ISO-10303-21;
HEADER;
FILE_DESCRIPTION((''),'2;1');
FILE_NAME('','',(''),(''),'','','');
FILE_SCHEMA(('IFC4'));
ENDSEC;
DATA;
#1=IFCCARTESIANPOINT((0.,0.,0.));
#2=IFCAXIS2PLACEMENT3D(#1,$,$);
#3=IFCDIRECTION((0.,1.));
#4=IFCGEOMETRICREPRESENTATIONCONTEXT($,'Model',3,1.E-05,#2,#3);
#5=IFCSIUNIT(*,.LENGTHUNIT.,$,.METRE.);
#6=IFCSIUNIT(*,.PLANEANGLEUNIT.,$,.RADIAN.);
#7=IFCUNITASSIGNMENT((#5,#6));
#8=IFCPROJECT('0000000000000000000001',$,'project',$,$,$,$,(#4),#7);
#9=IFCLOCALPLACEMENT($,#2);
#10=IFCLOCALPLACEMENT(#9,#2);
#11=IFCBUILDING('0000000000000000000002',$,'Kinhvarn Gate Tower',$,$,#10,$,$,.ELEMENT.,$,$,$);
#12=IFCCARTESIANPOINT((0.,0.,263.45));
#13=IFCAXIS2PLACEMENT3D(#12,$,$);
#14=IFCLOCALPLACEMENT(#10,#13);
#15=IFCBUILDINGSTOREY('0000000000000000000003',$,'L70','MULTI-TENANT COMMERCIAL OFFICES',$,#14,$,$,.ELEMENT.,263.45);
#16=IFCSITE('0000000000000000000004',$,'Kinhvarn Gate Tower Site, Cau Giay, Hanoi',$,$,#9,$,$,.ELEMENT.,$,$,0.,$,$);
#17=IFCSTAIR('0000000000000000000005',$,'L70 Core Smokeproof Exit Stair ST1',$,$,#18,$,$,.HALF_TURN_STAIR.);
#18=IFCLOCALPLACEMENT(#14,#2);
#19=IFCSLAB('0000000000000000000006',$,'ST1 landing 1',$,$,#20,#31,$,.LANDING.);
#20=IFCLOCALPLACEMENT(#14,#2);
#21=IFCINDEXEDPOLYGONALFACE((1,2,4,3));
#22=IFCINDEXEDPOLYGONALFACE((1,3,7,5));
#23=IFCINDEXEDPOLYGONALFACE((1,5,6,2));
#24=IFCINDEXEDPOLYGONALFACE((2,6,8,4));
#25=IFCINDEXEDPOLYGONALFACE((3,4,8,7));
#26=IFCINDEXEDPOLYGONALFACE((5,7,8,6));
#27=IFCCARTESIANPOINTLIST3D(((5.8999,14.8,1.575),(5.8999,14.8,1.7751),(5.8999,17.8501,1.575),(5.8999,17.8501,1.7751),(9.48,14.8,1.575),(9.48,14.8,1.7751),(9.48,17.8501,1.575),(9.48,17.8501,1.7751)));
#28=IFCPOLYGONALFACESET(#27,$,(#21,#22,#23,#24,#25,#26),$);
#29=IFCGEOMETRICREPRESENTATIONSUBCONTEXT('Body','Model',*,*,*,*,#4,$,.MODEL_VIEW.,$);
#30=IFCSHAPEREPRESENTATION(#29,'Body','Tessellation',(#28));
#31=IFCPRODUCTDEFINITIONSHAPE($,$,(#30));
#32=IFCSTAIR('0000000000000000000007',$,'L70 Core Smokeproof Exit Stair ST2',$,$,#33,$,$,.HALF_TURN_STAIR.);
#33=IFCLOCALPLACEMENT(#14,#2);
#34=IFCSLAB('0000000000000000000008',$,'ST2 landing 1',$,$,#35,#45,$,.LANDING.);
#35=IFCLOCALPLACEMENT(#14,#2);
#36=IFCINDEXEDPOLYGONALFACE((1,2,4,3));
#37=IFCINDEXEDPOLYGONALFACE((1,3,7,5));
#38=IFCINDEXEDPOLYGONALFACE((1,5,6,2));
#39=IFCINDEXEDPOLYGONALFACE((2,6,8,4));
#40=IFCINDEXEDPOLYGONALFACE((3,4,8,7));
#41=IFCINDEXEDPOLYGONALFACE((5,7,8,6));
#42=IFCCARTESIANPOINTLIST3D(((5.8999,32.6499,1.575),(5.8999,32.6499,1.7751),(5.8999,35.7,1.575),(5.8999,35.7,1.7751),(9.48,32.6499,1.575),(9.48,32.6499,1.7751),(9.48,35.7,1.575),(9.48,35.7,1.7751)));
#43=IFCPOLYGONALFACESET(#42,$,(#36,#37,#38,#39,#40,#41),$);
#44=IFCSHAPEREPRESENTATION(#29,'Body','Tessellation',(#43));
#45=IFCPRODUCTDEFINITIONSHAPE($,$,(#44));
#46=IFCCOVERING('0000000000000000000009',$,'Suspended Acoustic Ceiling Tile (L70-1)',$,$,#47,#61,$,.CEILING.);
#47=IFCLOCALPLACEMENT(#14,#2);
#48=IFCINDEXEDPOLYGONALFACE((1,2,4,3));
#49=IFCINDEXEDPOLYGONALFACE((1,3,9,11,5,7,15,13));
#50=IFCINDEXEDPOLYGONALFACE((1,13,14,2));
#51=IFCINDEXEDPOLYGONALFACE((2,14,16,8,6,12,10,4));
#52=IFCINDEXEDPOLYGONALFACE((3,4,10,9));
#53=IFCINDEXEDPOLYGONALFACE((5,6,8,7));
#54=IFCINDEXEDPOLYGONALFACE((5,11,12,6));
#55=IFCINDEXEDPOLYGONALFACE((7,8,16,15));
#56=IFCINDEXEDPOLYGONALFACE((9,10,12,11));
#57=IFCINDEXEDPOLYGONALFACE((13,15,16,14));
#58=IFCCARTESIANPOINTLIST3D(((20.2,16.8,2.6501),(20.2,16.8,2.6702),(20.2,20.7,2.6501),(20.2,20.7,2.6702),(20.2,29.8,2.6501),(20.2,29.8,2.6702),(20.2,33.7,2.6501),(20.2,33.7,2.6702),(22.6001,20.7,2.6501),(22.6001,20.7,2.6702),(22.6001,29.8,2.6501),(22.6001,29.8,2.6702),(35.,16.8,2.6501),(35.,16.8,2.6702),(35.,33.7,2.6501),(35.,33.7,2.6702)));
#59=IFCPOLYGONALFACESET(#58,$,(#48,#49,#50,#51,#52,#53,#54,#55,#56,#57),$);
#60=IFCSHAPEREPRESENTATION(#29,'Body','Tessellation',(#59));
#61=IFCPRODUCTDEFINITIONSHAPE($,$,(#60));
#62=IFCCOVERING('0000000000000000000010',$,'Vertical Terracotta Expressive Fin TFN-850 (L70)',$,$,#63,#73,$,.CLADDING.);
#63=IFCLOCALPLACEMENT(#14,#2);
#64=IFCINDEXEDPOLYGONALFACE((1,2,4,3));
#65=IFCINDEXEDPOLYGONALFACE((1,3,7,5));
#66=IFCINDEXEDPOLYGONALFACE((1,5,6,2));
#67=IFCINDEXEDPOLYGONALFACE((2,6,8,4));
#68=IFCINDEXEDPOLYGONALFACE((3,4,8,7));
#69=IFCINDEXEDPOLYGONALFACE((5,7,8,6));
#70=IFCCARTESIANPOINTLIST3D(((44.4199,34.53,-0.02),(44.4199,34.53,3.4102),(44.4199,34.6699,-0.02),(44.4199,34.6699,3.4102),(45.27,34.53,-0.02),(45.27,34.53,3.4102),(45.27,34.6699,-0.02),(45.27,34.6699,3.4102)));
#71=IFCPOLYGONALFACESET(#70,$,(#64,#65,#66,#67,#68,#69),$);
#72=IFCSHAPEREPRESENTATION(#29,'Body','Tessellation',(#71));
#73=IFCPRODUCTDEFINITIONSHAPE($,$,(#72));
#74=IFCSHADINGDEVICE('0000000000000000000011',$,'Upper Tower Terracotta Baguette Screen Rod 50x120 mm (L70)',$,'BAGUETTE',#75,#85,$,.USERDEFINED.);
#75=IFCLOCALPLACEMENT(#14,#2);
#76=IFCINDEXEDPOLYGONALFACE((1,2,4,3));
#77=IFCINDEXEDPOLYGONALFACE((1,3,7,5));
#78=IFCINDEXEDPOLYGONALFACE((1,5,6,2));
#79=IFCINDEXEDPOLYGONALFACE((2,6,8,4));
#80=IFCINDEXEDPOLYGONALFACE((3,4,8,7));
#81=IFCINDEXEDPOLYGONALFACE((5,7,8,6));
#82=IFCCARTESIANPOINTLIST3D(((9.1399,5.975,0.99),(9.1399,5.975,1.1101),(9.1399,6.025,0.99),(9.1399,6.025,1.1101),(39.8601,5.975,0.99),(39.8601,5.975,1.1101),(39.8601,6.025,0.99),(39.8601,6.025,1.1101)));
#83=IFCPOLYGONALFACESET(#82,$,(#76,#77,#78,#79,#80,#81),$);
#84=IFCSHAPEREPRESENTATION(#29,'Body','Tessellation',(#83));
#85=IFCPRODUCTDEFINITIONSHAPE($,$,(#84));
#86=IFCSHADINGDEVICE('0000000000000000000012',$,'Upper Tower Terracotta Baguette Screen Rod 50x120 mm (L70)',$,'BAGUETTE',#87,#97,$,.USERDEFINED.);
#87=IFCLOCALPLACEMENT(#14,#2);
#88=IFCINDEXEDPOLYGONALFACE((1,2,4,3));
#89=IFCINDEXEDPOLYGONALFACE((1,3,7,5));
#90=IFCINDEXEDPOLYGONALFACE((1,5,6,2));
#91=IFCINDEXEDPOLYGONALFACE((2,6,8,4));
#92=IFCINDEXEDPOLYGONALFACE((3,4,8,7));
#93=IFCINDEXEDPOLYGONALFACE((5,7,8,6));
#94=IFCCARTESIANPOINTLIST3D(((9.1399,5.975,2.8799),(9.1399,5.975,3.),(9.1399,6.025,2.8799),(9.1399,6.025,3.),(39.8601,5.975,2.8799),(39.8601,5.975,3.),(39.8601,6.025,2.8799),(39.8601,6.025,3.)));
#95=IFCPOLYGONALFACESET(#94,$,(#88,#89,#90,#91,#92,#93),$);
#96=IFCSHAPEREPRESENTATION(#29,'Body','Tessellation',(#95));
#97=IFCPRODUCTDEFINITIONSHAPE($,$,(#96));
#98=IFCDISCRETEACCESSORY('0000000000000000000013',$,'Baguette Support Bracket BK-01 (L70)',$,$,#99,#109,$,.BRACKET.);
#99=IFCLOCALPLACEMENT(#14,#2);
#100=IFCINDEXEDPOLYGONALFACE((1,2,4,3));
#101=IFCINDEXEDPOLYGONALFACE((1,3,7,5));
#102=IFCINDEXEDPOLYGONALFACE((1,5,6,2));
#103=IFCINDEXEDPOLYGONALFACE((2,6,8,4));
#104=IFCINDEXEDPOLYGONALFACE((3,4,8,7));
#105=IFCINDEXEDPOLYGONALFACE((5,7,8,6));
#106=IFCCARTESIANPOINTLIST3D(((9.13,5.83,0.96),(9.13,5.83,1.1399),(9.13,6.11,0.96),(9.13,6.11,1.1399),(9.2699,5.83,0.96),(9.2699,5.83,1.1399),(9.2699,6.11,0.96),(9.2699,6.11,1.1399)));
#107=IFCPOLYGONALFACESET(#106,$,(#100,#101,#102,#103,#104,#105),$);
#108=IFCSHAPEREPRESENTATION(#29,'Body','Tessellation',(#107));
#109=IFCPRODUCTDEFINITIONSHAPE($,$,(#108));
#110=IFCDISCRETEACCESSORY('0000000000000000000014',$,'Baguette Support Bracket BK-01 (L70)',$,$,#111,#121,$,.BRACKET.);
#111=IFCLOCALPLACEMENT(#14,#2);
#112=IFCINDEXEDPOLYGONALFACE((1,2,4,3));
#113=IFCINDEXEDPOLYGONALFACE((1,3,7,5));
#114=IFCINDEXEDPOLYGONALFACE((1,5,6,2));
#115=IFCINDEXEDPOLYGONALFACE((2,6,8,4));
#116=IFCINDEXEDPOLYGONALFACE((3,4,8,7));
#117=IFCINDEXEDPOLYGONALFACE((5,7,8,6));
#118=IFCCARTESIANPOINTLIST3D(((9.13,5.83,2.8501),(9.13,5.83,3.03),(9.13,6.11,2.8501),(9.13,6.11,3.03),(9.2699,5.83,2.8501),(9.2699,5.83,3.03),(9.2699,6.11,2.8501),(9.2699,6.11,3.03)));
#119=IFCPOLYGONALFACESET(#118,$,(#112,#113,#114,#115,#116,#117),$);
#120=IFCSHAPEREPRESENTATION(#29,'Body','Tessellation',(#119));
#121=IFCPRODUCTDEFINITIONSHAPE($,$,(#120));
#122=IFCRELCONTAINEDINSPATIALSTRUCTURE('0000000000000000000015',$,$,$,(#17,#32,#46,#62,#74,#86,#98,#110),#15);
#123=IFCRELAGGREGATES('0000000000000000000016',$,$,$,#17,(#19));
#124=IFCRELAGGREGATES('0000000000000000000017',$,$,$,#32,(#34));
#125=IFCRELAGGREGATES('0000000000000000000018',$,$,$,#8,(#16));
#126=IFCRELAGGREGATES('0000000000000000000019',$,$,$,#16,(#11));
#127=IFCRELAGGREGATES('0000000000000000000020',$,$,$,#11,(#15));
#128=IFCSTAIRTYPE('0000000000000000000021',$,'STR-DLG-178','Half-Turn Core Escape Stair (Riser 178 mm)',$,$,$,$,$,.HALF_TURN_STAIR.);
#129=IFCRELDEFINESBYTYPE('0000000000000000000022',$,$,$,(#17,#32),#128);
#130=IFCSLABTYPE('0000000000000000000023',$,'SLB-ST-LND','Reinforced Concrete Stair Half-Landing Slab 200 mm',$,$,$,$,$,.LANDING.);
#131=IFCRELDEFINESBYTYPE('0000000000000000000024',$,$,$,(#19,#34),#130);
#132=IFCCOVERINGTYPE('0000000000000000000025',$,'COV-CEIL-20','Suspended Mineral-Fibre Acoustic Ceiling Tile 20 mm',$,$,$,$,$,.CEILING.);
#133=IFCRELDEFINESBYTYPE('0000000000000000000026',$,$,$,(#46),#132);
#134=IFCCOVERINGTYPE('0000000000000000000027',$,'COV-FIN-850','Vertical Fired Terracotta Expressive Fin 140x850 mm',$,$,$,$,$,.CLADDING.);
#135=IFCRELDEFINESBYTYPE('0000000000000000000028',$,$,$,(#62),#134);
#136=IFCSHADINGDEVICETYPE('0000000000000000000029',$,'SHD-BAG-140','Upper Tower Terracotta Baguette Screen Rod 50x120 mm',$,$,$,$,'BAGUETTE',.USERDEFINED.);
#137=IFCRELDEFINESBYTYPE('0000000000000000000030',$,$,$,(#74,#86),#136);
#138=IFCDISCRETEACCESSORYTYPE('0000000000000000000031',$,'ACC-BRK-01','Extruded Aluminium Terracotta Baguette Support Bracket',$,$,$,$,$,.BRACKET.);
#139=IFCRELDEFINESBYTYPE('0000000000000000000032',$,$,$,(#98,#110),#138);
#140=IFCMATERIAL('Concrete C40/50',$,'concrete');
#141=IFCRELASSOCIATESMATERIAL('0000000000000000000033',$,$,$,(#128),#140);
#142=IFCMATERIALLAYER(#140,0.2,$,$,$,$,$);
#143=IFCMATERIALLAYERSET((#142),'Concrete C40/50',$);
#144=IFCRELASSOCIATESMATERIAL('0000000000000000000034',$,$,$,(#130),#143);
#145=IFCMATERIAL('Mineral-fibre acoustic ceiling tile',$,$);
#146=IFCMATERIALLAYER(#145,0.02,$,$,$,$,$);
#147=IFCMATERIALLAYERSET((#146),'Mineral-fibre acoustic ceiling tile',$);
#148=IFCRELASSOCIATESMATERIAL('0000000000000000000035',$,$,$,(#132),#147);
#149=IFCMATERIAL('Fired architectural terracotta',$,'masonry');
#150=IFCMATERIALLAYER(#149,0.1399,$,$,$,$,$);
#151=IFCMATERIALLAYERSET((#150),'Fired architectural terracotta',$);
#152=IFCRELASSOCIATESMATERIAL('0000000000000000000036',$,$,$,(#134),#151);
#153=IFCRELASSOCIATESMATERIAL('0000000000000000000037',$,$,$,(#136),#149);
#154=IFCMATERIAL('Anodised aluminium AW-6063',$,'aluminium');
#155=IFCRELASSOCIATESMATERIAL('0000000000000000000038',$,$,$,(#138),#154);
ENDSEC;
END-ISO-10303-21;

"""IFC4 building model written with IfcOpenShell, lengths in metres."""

from ifc_helpers import new_model, si_unit, direction, frame, origin, origin_2d, place, context, subcontext, project, spatial, polyline, rectangle, outline, extrude, material, layer, layer_set, material_profile, profile_set, type_object, element, aggregate, save


model = new_model("IFC4")

# Units and contexts
model_context = context("Model", 3, precision=1e-05, world=origin(), true_north=direction((0.0, 1.0)))
body_context = subcontext(model_context, "Body", "Model", "MODEL_VIEW")
ifc_project = project(units=[si_unit("LENGTHUNIT", "METRE"), si_unit("PLANEANGLEUNIT", "RADIAN")], contexts=[model_context])

# Site, building, storey
site_placement = place(None, origin())
site = spatial("IfcSite", under=ifc_project, at=site_placement, Name="Kinhvarn Gate Tower Site, Cau Giay, Hanoi", CompositionType="ELEMENT", RefElevation=0.0)
building_placement = place(site_placement, origin())
building = spatial("IfcBuilding", under=site, at=building_placement, Name="Kinhvarn Gate Tower", CompositionType="ELEMENT")
storey_placement = place(building_placement, frame((0.0, 0.0, 263.45)))
storey = spatial("IfcBuildingStorey", under=building, at=storey_placement, Name="L70", Description="MULTI-TENANT COMMERCIAL OFFICES", CompositionType="ELEMENT", Elevation=263.45)

# Shared definitions
ifc_material_1 = material(Name="Anodised aluminium AW-6063", Category="aluminium")

# Stairs, slabs
ifc_material_2 = material(Name="Concrete C40/50", Category="concrete")
stair_type = type_object("IfcStairType", Name="STR-DLG-178", Description="Half-Turn Core Escape Stair (Riser 178 mm)", PredefinedType="HALF_TURN_STAIR", material=ifc_material_2)
stair_1_placement = place(storey_placement, origin())
stair_1 = element("IfcStair", 1, at=stair_1_placement, inside=storey, type_object=stair_type, Name="L70 Core Smokeproof Exit Stair ST1", PredefinedType="HALF_TURN_STAIR")
ifc_layer_1 = layer(ifc_material_2, 0.2)
ifc_layer_set_1 = layer_set([ifc_layer_1], Name="Concrete C40/50")
slab_type = type_object("IfcSlabType", Name="SLB-ST-LND", Description="Reinforced Concrete Stair Half-Landing Slab 200 mm", PredefinedType="LANDING", material=ifc_layer_set_1)
slab_1_placement = place(storey_placement, frame((0.0, 0.0, 1.575)))
slab_1 = element("IfcSlab", 2, at=slab_1_placement, type_object=slab_type, Name="ST1 landing 1", PredefinedType="LANDING", context=body_context, shape_type="SweptSolid", body=[
    extrude(outline(polyline([(9.48, 17.8501), (5.8999, 17.8501), (5.8999, 14.8), (9.48, 14.8), (9.48, 17.8501)])), origin(), (0.0, 0.0, 1.0), 0.2002),
])
aggregate(stair_1, [slab_1])
stair_2_placement = place(storey_placement, origin())
stair_2 = element("IfcStair", 3, at=stair_2_placement, inside=storey, type_object=stair_type, Name="L70 Core Smokeproof Exit Stair ST2", PredefinedType="HALF_TURN_STAIR")
slab_2_placement = place(storey_placement, frame((0.0, 0.0, 1.575)))
slab_2 = element("IfcSlab", 4, at=slab_2_placement, type_object=slab_type, Name="ST2 landing 1", PredefinedType="LANDING", context=body_context, shape_type="SweptSolid", body=[
    extrude(outline(polyline([(9.48, 35.7), (5.8999, 35.7), (5.8999, 32.6499), (9.48, 32.6499), (9.48, 35.7)])), origin(), (0.0, 0.0, 1.0), 0.2002),
])
aggregate(stair_2, [slab_2])

# Coverings
ifc_material_3 = material(Name="Mineral-fibre acoustic ceiling tile")
ifc_layer_2 = layer(ifc_material_3, 0.02)
ifc_layer_set_2 = layer_set([ifc_layer_2], Name="Mineral-fibre acoustic ceiling tile")
covering_type_1 = type_object("IfcCoveringType", Name="COV-CEIL-20", Description="Suspended Mineral-Fibre Acoustic Ceiling Tile 20 mm", PredefinedType="CEILING", material=ifc_layer_set_2)
covering_1_placement = place(storey_placement, frame((0.0, 0.0, 2.6501)))
element("IfcCovering", 5, at=covering_1_placement, inside=storey, type_object=covering_type_1, Name="Suspended Acoustic Ceiling Tile (L70-1)", PredefinedType="CEILING", context=body_context, shape_type="SweptSolid", body=[
    extrude(outline(polyline([(35.0, 33.7), (35.0, 16.8), (20.2, 16.8), (20.2, 20.7), (22.6001, 20.7), (22.6001, 29.8), (20.2, 29.8), (20.2, 33.7), (35.0, 33.7)])), origin(), (0.0, 0.0, 1.0), 0.02),
])
ifc_material_4 = material(Name="Fired architectural terracotta", Category="masonry")
ifc_layer_3 = layer(ifc_material_4, 0.1399)
ifc_layer_set_3 = layer_set([ifc_layer_3], Name="Fired architectural terracotta")
covering_type_2 = type_object("IfcCoveringType", Name="COV-FIN-850", Description="Vertical Fired Terracotta Expressive Fin 140x850 mm", PredefinedType="CLADDING", material=ifc_layer_set_3)
covering_2_placement = place(storey_placement, frame((0.0, 0.0, -0.02)))
element("IfcCovering", 6, at=covering_2_placement, inside=storey, type_object=covering_type_2, Name="Vertical Terracotta Expressive Fin TFN-850 (L70)", PredefinedType="CLADDING", context=body_context, shape_type="SweptSolid", body=[
    extrude(outline(polyline([(44.4199, 34.53), (44.4199, 34.6699), (45.27, 34.6699), (45.27, 34.53), (44.4199, 34.53)])), origin(), (0.0, 0.0, 1.0), 3.4302),
])

# Shading devices
ifc_material_profile_1 = material_profile(ifc_material_4, rectangle(XDim=0.05, YDim=0.1201, at=origin_2d()), Name="TC 50x120")
ifc_profile_set_1 = profile_set([ifc_material_profile_1], Name="Fired architectural terracotta")
shading_device_type = type_object("IfcShadingDeviceType", Name="SHD-BAG-140", Description="Upper Tower Terracotta Baguette Screen Rod 50x120 mm", ElementType="BAGUETTE", PredefinedType="USERDEFINED", material=ifc_profile_set_1)
for number, where, z_axis, x_axis, name in (
    (7, (9.1399, 6.0, 1.05), (1.0, 0.0, 0.0), (0.0, 1.0, 0.0), "Upper Tower Terracotta Baguette Screen Rod 50x120 mm (L70)"),
    (8, (9.1399, 6.0, 2.9399), (1.0, 0.0, 0.0), (0.0, 1.0, 0.0), "Upper Tower Terracotta Baguette Screen Rod 50x120 mm (L70)"),
):
    element("IfcShadingDevice", number, at=place(storey_placement, frame(where, z_axis=z_axis, x_axis=x_axis)), inside=storey, type_object=shading_device_type, Name=name, ObjectType="BAGUETTE", PredefinedType="USERDEFINED", context=body_context, shape_type="SweptSolid", body=[
        extrude(rectangle(XDim=0.05, YDim=0.1201, at=origin_2d()), origin(), (0.0, 0.0, 1.0), 30.7202),
    ])

# Discrete accessories
discrete_accessory_type = type_object("IfcDiscreteAccessoryType", Name="ACC-BRK-01", Description="Extruded Aluminium Terracotta Baguette Support Bracket", PredefinedType="BRACKET", material=ifc_material_1)
for number, where, z_axis, x_axis, name in (
    (9, (9.2, 5.97, 0.96), (0.0, 0.0, 1.0), (1.0, 0.0, 0.0), "Baguette Support Bracket BK-01 (L70)"),
    (10, (9.2, 5.97, 2.8501), (0.0, 0.0, 1.0), (1.0, 0.0, 0.0), "Baguette Support Bracket BK-01 (L70)"),
):
    element("IfcDiscreteAccessory", number, at=place(storey_placement, frame(where, z_axis=z_axis, x_axis=x_axis)), inside=storey, type_object=discrete_accessory_type, Name=name, PredefinedType="BRACKET", context=body_context, shape_type="SweptSolid", body=[
        extrude(rectangle(XDim=0.1399, YDim=0.28, at=origin_2d()), origin(), (0.0, 0.0, 1.0), 0.1799),
    ])

save(model, "model.ifc")
